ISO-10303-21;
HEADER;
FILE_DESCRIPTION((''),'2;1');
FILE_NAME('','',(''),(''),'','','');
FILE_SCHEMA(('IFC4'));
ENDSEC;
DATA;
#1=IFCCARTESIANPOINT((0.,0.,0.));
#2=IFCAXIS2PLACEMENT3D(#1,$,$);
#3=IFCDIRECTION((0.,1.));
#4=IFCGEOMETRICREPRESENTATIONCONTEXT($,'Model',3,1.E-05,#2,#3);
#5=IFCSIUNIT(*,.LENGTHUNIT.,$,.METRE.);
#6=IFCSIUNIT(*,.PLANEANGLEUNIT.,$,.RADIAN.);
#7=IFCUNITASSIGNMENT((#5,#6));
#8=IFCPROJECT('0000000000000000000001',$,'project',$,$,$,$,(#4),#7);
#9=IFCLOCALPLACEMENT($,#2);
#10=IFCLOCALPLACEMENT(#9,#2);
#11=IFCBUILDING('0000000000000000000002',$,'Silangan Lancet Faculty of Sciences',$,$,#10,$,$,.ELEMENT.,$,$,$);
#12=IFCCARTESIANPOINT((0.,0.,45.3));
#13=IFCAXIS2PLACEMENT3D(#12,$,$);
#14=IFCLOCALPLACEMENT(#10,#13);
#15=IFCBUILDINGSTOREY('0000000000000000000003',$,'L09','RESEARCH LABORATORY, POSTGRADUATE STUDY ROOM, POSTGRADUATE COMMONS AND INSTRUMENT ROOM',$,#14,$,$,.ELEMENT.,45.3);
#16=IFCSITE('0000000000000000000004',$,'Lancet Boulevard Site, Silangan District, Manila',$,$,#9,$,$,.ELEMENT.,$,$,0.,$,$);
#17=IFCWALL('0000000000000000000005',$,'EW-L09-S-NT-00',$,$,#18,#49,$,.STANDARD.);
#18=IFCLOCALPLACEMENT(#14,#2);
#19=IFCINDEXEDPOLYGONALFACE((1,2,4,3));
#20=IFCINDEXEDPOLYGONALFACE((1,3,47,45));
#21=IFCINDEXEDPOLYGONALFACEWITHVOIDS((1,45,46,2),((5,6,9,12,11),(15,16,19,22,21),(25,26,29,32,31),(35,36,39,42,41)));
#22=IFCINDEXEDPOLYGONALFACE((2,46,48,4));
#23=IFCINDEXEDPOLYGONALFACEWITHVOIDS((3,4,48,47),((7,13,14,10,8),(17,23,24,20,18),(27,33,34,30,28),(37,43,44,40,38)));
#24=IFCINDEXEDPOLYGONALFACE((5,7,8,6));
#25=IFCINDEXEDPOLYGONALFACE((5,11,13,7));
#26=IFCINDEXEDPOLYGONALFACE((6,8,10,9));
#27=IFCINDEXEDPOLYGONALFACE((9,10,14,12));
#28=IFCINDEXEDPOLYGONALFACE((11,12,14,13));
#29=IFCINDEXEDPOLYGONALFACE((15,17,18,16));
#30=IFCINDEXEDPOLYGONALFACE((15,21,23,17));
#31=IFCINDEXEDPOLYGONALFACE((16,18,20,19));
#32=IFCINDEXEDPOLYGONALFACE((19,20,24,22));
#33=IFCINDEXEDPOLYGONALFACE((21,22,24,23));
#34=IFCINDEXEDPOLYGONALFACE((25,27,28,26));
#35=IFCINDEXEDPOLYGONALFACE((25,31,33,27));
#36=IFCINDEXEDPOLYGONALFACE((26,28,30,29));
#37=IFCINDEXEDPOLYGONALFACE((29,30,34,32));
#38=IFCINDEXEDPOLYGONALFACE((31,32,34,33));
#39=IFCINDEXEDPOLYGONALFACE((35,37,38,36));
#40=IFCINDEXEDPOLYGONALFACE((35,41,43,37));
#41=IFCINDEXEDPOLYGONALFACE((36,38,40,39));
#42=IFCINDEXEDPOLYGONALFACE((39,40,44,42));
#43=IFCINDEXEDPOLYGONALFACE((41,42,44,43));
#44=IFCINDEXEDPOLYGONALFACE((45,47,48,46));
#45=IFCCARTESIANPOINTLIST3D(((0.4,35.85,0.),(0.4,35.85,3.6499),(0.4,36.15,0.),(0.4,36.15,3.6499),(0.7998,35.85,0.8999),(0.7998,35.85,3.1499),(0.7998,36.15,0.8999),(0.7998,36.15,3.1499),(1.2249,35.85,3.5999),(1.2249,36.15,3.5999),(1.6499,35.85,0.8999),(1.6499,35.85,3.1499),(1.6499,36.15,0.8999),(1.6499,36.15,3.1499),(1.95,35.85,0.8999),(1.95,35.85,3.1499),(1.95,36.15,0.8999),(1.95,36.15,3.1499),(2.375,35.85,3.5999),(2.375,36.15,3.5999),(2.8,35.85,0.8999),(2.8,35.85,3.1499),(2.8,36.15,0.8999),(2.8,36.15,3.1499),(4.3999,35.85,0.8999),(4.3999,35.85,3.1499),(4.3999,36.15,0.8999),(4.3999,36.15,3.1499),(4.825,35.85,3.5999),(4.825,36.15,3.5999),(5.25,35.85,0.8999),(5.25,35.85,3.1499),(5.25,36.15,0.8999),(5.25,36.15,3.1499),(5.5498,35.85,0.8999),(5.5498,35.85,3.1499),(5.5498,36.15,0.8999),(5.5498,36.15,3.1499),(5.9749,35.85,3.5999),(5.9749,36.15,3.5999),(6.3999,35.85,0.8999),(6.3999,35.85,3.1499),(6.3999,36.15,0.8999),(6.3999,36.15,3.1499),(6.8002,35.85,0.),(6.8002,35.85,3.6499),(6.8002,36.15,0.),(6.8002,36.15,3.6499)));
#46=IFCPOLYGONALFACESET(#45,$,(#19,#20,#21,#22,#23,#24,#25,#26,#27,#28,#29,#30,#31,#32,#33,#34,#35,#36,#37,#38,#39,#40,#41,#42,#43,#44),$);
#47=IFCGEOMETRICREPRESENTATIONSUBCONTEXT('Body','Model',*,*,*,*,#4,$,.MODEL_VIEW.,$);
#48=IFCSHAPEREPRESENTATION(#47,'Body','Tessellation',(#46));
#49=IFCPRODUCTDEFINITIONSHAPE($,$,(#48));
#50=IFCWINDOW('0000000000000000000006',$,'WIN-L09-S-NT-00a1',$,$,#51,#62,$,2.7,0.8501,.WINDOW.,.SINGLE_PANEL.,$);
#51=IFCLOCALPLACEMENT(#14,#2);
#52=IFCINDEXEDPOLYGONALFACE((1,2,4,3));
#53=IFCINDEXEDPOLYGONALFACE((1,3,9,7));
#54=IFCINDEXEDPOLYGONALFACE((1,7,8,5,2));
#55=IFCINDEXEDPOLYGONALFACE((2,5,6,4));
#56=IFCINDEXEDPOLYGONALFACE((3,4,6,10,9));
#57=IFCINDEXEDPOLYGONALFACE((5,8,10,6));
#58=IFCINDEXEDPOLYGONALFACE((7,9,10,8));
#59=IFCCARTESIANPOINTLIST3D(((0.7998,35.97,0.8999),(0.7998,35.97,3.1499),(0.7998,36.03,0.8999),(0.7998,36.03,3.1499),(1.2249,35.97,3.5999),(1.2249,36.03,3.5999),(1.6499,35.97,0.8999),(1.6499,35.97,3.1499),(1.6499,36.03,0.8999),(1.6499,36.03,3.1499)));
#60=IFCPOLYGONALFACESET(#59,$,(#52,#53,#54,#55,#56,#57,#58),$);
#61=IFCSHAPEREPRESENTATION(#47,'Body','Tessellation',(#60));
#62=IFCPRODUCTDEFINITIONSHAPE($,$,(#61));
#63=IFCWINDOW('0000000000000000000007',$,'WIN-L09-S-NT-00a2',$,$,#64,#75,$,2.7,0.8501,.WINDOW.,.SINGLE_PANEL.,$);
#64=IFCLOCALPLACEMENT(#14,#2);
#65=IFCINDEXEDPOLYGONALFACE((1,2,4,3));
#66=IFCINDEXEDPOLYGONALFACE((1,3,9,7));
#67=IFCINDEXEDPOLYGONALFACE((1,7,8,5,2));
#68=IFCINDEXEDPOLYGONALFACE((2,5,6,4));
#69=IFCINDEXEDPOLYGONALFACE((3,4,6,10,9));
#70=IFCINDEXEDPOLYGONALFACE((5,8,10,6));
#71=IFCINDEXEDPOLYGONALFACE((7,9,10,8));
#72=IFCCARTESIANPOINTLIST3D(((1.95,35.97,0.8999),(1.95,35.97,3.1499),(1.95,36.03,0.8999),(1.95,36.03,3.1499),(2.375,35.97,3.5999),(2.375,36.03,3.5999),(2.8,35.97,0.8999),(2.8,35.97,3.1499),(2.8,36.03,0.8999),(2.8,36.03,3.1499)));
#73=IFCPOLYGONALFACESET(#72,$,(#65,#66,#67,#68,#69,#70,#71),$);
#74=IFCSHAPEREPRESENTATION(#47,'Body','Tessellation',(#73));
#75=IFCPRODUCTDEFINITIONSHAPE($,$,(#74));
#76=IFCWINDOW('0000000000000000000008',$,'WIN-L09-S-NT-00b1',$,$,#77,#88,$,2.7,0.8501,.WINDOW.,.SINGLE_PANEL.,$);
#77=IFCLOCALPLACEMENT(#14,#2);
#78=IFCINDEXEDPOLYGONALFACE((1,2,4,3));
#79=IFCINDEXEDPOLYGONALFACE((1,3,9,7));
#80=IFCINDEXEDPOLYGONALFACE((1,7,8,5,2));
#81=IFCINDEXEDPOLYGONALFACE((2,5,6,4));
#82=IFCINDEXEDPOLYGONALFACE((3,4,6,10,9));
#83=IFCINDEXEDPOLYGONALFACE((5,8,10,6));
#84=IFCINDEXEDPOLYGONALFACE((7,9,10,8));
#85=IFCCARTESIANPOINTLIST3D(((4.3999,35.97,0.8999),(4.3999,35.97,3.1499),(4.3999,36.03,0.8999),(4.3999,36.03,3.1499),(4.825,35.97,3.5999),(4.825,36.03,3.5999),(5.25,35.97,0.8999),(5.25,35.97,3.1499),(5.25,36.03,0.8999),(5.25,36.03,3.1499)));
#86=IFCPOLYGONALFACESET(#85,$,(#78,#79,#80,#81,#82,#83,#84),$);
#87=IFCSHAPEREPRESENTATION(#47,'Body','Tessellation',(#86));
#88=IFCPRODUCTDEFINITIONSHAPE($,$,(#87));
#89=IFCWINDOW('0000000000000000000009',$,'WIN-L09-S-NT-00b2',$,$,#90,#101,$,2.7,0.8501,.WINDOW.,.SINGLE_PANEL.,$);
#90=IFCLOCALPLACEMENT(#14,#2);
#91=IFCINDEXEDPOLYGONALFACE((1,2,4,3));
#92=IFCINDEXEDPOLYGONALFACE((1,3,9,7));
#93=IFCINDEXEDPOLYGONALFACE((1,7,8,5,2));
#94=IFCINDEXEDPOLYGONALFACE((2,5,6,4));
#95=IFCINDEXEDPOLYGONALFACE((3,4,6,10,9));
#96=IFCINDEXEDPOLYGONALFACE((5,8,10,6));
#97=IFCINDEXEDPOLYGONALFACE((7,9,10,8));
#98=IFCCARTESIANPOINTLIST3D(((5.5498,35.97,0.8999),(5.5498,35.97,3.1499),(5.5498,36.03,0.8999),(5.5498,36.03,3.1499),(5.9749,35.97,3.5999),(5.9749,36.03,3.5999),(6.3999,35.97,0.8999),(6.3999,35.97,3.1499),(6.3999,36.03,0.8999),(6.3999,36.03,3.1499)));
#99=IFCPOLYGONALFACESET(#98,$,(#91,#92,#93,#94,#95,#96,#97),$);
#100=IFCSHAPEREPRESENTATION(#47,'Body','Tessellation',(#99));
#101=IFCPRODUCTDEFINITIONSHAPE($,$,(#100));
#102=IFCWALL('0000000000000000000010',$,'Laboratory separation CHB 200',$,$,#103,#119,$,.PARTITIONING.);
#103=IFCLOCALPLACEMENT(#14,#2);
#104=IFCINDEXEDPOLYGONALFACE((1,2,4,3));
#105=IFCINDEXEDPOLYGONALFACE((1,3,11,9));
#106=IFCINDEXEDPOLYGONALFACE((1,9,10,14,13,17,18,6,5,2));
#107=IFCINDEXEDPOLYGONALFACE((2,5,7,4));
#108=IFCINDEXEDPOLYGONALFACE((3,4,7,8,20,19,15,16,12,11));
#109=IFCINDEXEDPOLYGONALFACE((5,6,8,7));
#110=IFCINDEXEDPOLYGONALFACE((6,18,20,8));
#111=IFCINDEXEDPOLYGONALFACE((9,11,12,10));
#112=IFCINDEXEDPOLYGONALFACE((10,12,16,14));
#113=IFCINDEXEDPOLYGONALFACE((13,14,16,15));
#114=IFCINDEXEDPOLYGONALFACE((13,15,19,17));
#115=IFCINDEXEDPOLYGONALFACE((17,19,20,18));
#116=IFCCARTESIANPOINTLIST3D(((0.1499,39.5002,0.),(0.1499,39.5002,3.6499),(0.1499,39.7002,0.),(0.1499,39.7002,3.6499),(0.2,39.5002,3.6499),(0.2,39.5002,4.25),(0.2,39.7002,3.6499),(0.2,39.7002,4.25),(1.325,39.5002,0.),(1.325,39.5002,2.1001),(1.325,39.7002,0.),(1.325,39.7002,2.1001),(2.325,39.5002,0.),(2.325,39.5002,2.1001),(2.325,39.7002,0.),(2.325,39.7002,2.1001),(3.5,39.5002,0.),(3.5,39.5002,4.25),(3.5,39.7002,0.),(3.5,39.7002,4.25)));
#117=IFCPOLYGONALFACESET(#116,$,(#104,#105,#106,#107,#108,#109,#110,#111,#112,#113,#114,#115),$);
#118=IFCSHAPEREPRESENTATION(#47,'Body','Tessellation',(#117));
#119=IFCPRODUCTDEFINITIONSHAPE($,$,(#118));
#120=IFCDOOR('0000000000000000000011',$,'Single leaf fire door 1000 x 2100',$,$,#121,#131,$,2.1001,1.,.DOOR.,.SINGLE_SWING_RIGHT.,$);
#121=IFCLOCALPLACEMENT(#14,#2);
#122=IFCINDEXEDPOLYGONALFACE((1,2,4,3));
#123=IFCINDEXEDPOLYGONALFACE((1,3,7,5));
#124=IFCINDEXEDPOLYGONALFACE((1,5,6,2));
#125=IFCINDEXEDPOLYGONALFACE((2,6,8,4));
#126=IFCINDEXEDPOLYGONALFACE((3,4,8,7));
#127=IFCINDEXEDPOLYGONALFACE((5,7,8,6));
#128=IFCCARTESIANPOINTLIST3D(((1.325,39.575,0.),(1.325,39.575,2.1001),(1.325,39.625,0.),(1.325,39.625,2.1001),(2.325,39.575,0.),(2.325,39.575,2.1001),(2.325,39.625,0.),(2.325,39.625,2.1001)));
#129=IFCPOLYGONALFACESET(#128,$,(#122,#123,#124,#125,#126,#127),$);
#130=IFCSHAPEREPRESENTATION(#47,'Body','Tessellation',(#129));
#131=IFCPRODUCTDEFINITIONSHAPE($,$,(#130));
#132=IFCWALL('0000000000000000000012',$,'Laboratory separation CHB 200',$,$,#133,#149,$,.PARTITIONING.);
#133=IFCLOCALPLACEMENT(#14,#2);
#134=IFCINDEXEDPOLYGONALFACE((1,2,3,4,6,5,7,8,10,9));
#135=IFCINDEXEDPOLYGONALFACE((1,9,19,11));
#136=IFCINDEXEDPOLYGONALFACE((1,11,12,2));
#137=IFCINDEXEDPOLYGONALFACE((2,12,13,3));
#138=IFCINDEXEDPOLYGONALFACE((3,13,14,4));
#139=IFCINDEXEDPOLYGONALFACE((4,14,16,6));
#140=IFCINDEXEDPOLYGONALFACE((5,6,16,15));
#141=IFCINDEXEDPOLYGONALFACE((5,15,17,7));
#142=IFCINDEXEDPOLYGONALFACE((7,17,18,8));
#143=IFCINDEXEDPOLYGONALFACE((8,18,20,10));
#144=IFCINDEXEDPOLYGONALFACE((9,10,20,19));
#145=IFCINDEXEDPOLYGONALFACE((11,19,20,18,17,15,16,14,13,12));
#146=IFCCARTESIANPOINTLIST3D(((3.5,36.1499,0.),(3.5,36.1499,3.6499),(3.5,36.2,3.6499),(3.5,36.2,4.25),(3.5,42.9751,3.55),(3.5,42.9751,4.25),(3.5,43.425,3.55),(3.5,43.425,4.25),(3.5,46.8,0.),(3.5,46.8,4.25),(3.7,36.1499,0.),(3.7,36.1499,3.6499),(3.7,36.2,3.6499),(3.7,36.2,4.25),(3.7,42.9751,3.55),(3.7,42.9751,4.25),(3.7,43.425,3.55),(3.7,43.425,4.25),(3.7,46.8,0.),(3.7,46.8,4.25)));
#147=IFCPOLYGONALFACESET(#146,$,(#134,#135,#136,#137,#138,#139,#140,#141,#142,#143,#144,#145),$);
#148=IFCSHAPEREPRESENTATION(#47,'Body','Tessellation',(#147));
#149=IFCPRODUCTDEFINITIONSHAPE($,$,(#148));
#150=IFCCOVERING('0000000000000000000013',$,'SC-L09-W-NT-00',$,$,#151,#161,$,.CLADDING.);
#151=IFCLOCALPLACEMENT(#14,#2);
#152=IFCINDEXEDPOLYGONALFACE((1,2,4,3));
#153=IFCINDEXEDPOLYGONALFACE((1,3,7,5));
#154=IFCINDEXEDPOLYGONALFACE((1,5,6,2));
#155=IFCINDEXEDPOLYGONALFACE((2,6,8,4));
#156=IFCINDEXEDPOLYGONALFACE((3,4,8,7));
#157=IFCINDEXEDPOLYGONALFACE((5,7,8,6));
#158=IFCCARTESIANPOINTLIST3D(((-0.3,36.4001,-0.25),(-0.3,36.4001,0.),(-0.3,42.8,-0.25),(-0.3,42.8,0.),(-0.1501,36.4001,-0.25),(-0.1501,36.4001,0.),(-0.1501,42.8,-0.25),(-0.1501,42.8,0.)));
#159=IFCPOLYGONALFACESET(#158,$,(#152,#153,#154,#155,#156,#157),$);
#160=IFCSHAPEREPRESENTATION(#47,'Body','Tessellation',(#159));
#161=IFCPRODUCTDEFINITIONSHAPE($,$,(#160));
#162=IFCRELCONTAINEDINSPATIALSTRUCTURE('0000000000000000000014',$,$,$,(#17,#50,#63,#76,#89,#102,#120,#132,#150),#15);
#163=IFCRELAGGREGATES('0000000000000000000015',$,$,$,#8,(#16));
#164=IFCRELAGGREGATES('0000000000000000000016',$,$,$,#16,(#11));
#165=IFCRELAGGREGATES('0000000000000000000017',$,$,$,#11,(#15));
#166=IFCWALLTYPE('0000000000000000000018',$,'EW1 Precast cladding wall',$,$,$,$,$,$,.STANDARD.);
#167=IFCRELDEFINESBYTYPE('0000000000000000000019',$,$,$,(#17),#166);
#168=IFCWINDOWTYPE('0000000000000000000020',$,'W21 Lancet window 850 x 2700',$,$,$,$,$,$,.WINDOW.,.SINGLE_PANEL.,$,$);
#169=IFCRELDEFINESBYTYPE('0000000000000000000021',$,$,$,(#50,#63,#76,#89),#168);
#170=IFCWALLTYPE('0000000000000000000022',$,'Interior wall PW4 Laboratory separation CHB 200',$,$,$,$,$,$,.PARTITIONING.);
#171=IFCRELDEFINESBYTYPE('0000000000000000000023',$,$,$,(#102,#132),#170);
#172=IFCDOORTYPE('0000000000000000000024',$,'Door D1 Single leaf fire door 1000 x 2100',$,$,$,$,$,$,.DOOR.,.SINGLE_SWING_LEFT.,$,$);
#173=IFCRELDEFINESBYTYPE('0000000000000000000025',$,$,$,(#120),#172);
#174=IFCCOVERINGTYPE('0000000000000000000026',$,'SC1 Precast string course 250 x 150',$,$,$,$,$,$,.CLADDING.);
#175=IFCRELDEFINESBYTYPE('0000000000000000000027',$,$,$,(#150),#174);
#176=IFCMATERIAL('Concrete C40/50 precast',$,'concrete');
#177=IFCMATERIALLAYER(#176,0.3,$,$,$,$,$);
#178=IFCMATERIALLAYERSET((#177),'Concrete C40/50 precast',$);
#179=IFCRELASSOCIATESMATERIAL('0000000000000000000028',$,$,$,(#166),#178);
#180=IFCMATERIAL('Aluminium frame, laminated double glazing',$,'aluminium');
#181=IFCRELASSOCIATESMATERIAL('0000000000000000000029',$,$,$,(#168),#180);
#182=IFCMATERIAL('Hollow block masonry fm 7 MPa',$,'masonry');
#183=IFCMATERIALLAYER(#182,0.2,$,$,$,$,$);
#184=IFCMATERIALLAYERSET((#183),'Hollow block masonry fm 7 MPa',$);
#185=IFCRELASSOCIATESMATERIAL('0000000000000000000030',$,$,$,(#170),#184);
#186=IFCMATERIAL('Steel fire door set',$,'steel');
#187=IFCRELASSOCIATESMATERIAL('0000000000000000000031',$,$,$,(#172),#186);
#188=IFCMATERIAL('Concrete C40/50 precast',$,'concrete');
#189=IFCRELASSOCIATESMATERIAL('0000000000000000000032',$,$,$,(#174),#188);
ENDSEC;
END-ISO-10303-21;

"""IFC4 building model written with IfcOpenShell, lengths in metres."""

from ifc_helpers import new_model, si_unit, direction, frame, frame_2d, origin, origin_2d, place, context, subcontext, project, spatial, polyline, rectangle, outline, extrude, material, layer, layer_set, type_object, element, fill, save


model = new_model("IFC4")

# Units and contexts
model_context = context("Model", 3, precision=1e-05, world=origin(), true_north=direction((0.0, 1.0)))
body_context = subcontext(model_context, "Body", "Model", "MODEL_VIEW")
ifc_project = project(units=[si_unit("LENGTHUNIT", "METRE"), si_unit("PLANEANGLEUNIT", "RADIAN")], contexts=[model_context])

# Site, building, storey
site_placement = place(None, origin())
site = spatial("IfcSite", under=ifc_project, at=site_placement, Name="Lancet Boulevard Site, Silangan District, Manila", CompositionType="ELEMENT", RefElevation=0.0)
building_placement = place(site_placement, origin())
building = spatial("IfcBuilding", under=site, at=building_placement, Name="Silangan Lancet Faculty of Sciences", CompositionType="ELEMENT")
storey_placement = place(building_placement, frame((0.0, 0.0, 45.3)))
storey = spatial("IfcBuildingStorey", under=building, at=storey_placement, Name="L09", Description="RESEARCH LABORATORY, POSTGRADUATE STUDY ROOM, POSTGRADUATE COMMONS AND INSTRUMENT ROOM", CompositionType="ELEMENT", Elevation=45.3)

# Wall, openings, windows
ifc_material_1 = material(Name="Concrete C40/50 precast", Category="concrete")
ifc_layer_1 = layer(ifc_material_1, 0.3)
ifc_layer_set_1 = layer_set([ifc_layer_1], Name="Concrete C40/50 precast")
wall_type_1 = type_object("IfcWallType", Name="EW1 Precast cladding wall", PredefinedType="STANDARD", material=ifc_layer_set_1)
ifc_material_2 = material(Name="Aluminium frame, laminated double glazing", Category="aluminium")
window_type = type_object("IfcWindowType", Name="W21 Lancet window 850 x 2700", PartitioningType="SINGLE_PANEL", PredefinedType="WINDOW", material=ifc_material_2)
wall_1_placement = place(storey_placement, frame((0.3999, 36.0, 0.0), z_axis=(0.0, 0.0, 1.0), x_axis=(1.0, 0.0, 0.0)))
wall_1 = element("IfcWall", 1, at=wall_1_placement, inside=storey, type_object=wall_type_1, Name="EW-L09-S-NT-00", PredefinedType="STANDARD", context=body_context, shape_type="SweptSolid", body=[
    extrude(rectangle(XDim=6.4001, YDim=0.3, at=frame_2d((3.2002, 0.0))), origin(), (0.0, 0.0, 1.0), 3.6499),
])
opening_1_placement = place(wall_1_placement, frame((0.3999, 0.0, 0.8999)))
opening_1 = element("IfcOpeningElement", 2, at=opening_1_placement, cuts=wall_1, PredefinedType="OPENING", context=body_context, shape_type="SweptSolid", body=[
    extrude(outline(polyline([(0.0, 0.0), (0.8501, 0.0), (0.8501, 2.25), (0.425, 2.7), (0.0, 2.25), (0.0, 0.0)])), frame((0.0, 0.1599, 0.0), z_axis=(0.0, -1.0, 0.0), x_axis=(1.0, 0.0, 0.0)), (0.0, 0.0, 1.0), 0.3201),
])
opening_2_placement = place(wall_1_placement, frame((1.55, 0.0, 0.8999)))
opening_2 = element("IfcOpeningElement", 3, at=opening_2_placement, cuts=wall_1, PredefinedType="OPENING", context=body_context, shape_type="SweptSolid", body=[
    extrude(outline(polyline([(0.0, 0.0), (0.8501, 0.0), (0.8501, 2.25), (0.425, 2.7), (0.0, 2.25), (0.0, 0.0)])), frame((0.0, 0.1599, 0.0), z_axis=(0.0, -1.0, 0.0), x_axis=(1.0, 0.0, 0.0)), (0.0, 0.0, 1.0), 0.3201),
])
opening_3_placement = place(wall_1_placement, frame((4.0, 0.0, 0.8999)))
opening_3 = element("IfcOpeningElement", 4, at=opening_3_placement, cuts=wall_1, PredefinedType="OPENING", context=body_context, shape_type="SweptSolid", body=[
    extrude(outline(polyline([(0.0, 0.0), (0.8501, 0.0), (0.8501, 2.25), (0.425, 2.7), (0.0, 2.25), (0.0, 0.0)])), frame((0.0, 0.1599, 0.0), z_axis=(0.0, -1.0, 0.0), x_axis=(1.0, 0.0, 0.0)), (0.0, 0.0, 1.0), 0.3201),
])
opening_4_placement = place(wall_1_placement, frame((5.1499, 0.0, 0.8999)))
opening_4 = element("IfcOpeningElement", 5, at=opening_4_placement, cuts=wall_1, PredefinedType="OPENING", context=body_context, shape_type="SweptSolid", body=[
    extrude(outline(polyline([(0.0, 0.0), (0.8501, 0.0), (0.8501, 2.25), (0.425, 2.7), (0.0, 2.25), (0.0, 0.0)])), frame((0.0, 0.1599, 0.0), z_axis=(0.0, -1.0, 0.0), x_axis=(1.0, 0.0, 0.0)), (0.0, 0.0, 1.0), 0.3201),
])
window_1_placement = place(opening_1_placement, origin())
window_1 = element("IfcWindow", 6, at=window_1_placement, inside=storey, type_object=window_type, Name="WIN-L09-S-NT-00a1", OverallHeight=2.7, OverallWidth=0.8501, PartitioningType="SINGLE_PANEL", PredefinedType="WINDOW", context=body_context, shape_type="SweptSolid", body=[
    extrude(outline(polyline([(0.0, 0.0), (0.8501, 0.0), (0.8501, 2.25), (0.425, 2.7), (0.0, 2.25), (0.0, 0.0)])), frame((0.0, 0.03, 0.0), z_axis=(0.0, -1.0, 0.0), x_axis=(1.0, 0.0, 0.0)), (0.0, 0.0, 1.0), 0.0601),
])
fill(opening_1, window_1)
window_2_placement = place(opening_2_placement, origin())
window_2 = element("IfcWindow", 7, at=window_2_placement, inside=storey, type_object=window_type, Name="WIN-L09-S-NT-00a2", OverallHeight=2.7, OverallWidth=0.8501, PartitioningType="SINGLE_PANEL", PredefinedType="WINDOW", context=body_context, shape_type="SweptSolid", body=[
    extrude(outline(polyline([(0.0, 0.0), (0.8501, 0.0), (0.8501, 2.25), (0.425, 2.7), (0.0, 2.25), (0.0, 0.0)])), frame((0.0, 0.03, 0.0), z_axis=(0.0, -1.0, 0.0), x_axis=(1.0, 0.0, 0.0)), (0.0, 0.0, 1.0), 0.0601),
])
fill(opening_2, window_2)
window_3_placement = place(opening_3_placement, origin())
window_3 = element("IfcWindow", 8, at=window_3_placement, inside=storey, type_object=window_type, Name="WIN-L09-S-NT-00b1", OverallHeight=2.7, OverallWidth=0.8501, PartitioningType="SINGLE_PANEL", PredefinedType="WINDOW", context=body_context, shape_type="SweptSolid", body=[
    extrude(outline(polyline([(0.0, 0.0), (0.8501, 0.0), (0.8501, 2.25), (0.425, 2.7), (0.0, 2.25), (0.0, 0.0)])), frame((0.0, 0.03, 0.0), z_axis=(0.0, -1.0, 0.0), x_axis=(1.0, 0.0, 0.0)), (0.0, 0.0, 1.0), 0.0601),
])
fill(opening_3, window_3)
window_4_placement = place(opening_4_placement, origin())
window_4 = element("IfcWindow", 9, at=window_4_placement, inside=storey, type_object=window_type, Name="WIN-L09-S-NT-00b2", OverallHeight=2.7, OverallWidth=0.8501, PartitioningType="SINGLE_PANEL", PredefinedType="WINDOW", context=body_context, shape_type="SweptSolid", body=[
    extrude(outline(polyline([(0.0, 0.0), (0.8501, 0.0), (0.8501, 2.25), (0.425, 2.7), (0.0, 2.25), (0.0, 0.0)])), frame((0.0, 0.03, 0.0), z_axis=(0.0, -1.0, 0.0), x_axis=(1.0, 0.0, 0.0)), (0.0, 0.0, 1.0), 0.0601),
])
fill(opening_4, window_4)

# Wall, opening, door
ifc_material_3 = material(Name="Hollow block masonry fm 7 MPa", Category="masonry")
ifc_layer_2 = layer(ifc_material_3, 0.2)
ifc_layer_set_2 = layer_set([ifc_layer_2], Name="Hollow block masonry fm 7 MPa")
wall_type_2 = type_object("IfcWallType", Name="Interior wall PW4 Laboratory separation CHB 200", PredefinedType="PARTITIONING", material=ifc_layer_set_2)
wall_2_placement = place(storey_placement, frame((0.1499, 39.6001, 0.0), z_axis=(0.0, 0.0, 1.0), x_axis=(1.0, 0.0, 0.0)))
wall_2 = element("IfcWall", 10, at=wall_2_placement, inside=storey, type_object=wall_type_2, Name="Laboratory separation CHB 200", PredefinedType="PARTITIONING", context=body_context, shape_type="SweptSolid", body=[
    extrude(outline(polyline([(0.0, 0.0), (3.3501, 0.0), (3.3501, 4.25), (0.05, 4.25), (0.05, 3.6499), (0.0, 3.6499), (0.0, 0.0)])), frame((0.0, 0.1001, 0.0), z_axis=(0.0, -1.0, 0.0), x_axis=(1.0, 0.0, 0.0)), (0.0, 0.0, 1.0), 0.2),
])
opening_5_placement = place(wall_2_placement, frame((1.175, 0.0, 0.0)))
opening_5 = element("IfcOpeningElement", 11, at=opening_5_placement, cuts=wall_2, PredefinedType="OPENING", context=body_context, shape_type="SweptSolid", body=[
    extrude(rectangle(XDim=1.0, YDim=2.1001, at=frame_2d((0.5, 1.05))), frame((0.0, 0.1099, 0.0), z_axis=(0.0, -1.0, 0.0), x_axis=(1.0, 0.0, 0.0)), (0.0, 0.0, 1.0), 0.22),
])
ifc_material_4 = material(Name="Steel fire door set", Category="steel")
door_type = type_object("IfcDoorType", Name="Door D1 Single leaf fire door 1000 x 2100", OperationType="SINGLE_SWING_LEFT", PredefinedType="DOOR", material=ifc_material_4)
door_placement = place(opening_5_placement, frame((1.0, 0.0, 0.0), z_axis=(0.0, 0.0, 1.0), x_axis=(-1.0, 0.0, 0.0)))
door = element("IfcDoor", 12, at=door_placement, inside=storey, type_object=door_type, Name="Single leaf fire door 1000 x 2100", OperationType="SINGLE_SWING_RIGHT", OverallHeight=2.1001, OverallWidth=1.0, PredefinedType="DOOR", context=body_context, shape_type="SweptSolid", body=[
    extrude(rectangle(XDim=1.0, YDim=2.1001, at=frame_2d((0.5, 1.05))), frame((0.0, 0.0251, 0.0), z_axis=(0.0, -1.0, 0.0), x_axis=(1.0, 0.0, 0.0)), (0.0, 0.0, 1.0), 0.05),
])
fill(opening_5, door)

# Wall
wall_3_placement = place(storey_placement, frame((3.6001, 36.1499, 0.0), z_axis=(0.0, 0.0, 1.0), x_axis=(0.0, 1.0, 0.0)))
element("IfcWall", 13, at=wall_3_placement, inside=storey, type_object=wall_type_2, Name="Laboratory separation CHB 200", PredefinedType="PARTITIONING", context=body_context, shape_type="SweptSolid", body=[
    extrude(outline(polyline([(0.0, 0.0), (10.6501, 0.0), (10.6501, 4.25), (7.2751, 4.25), (7.2751, 3.55), (6.8252, 3.55), (6.8252, 4.25), (0.05, 4.25), (0.05, 3.6499), (0.0, 3.6499), (0.0, 0.0)])), frame((0.0, 0.1001, 0.0), z_axis=(0.0, -1.0, 0.0), x_axis=(1.0, 0.0, 0.0)), (0.0, 0.0, 1.0), 0.2),
])

# Covering
ifc_material_5 = material(Name="Concrete C40/50 precast", Category="concrete")
covering_type = type_object("IfcCoveringType", Name="SC1 Precast string course 250 x 150", PredefinedType="CLADDING", material=ifc_material_5)
covering_placement = place(storey_placement, frame((-0.2251, 39.6001, -0.25), z_axis=(0.0, 0.0, 1.0), x_axis=(1.0, 0.0, 0.0)))
element("IfcCovering", 14, at=covering_placement, inside=storey, type_object=covering_type, Name="SC-L09-W-NT-00", PredefinedType="CLADDING", context=body_context, shape_type="SweptSolid", body=[
    extrude(rectangle(XDim=0.1499, YDim=6.3999, at=origin_2d()), origin(), (0.0, 0.0, 1.0), 0.25),
])

save(model, "model.ifc")
